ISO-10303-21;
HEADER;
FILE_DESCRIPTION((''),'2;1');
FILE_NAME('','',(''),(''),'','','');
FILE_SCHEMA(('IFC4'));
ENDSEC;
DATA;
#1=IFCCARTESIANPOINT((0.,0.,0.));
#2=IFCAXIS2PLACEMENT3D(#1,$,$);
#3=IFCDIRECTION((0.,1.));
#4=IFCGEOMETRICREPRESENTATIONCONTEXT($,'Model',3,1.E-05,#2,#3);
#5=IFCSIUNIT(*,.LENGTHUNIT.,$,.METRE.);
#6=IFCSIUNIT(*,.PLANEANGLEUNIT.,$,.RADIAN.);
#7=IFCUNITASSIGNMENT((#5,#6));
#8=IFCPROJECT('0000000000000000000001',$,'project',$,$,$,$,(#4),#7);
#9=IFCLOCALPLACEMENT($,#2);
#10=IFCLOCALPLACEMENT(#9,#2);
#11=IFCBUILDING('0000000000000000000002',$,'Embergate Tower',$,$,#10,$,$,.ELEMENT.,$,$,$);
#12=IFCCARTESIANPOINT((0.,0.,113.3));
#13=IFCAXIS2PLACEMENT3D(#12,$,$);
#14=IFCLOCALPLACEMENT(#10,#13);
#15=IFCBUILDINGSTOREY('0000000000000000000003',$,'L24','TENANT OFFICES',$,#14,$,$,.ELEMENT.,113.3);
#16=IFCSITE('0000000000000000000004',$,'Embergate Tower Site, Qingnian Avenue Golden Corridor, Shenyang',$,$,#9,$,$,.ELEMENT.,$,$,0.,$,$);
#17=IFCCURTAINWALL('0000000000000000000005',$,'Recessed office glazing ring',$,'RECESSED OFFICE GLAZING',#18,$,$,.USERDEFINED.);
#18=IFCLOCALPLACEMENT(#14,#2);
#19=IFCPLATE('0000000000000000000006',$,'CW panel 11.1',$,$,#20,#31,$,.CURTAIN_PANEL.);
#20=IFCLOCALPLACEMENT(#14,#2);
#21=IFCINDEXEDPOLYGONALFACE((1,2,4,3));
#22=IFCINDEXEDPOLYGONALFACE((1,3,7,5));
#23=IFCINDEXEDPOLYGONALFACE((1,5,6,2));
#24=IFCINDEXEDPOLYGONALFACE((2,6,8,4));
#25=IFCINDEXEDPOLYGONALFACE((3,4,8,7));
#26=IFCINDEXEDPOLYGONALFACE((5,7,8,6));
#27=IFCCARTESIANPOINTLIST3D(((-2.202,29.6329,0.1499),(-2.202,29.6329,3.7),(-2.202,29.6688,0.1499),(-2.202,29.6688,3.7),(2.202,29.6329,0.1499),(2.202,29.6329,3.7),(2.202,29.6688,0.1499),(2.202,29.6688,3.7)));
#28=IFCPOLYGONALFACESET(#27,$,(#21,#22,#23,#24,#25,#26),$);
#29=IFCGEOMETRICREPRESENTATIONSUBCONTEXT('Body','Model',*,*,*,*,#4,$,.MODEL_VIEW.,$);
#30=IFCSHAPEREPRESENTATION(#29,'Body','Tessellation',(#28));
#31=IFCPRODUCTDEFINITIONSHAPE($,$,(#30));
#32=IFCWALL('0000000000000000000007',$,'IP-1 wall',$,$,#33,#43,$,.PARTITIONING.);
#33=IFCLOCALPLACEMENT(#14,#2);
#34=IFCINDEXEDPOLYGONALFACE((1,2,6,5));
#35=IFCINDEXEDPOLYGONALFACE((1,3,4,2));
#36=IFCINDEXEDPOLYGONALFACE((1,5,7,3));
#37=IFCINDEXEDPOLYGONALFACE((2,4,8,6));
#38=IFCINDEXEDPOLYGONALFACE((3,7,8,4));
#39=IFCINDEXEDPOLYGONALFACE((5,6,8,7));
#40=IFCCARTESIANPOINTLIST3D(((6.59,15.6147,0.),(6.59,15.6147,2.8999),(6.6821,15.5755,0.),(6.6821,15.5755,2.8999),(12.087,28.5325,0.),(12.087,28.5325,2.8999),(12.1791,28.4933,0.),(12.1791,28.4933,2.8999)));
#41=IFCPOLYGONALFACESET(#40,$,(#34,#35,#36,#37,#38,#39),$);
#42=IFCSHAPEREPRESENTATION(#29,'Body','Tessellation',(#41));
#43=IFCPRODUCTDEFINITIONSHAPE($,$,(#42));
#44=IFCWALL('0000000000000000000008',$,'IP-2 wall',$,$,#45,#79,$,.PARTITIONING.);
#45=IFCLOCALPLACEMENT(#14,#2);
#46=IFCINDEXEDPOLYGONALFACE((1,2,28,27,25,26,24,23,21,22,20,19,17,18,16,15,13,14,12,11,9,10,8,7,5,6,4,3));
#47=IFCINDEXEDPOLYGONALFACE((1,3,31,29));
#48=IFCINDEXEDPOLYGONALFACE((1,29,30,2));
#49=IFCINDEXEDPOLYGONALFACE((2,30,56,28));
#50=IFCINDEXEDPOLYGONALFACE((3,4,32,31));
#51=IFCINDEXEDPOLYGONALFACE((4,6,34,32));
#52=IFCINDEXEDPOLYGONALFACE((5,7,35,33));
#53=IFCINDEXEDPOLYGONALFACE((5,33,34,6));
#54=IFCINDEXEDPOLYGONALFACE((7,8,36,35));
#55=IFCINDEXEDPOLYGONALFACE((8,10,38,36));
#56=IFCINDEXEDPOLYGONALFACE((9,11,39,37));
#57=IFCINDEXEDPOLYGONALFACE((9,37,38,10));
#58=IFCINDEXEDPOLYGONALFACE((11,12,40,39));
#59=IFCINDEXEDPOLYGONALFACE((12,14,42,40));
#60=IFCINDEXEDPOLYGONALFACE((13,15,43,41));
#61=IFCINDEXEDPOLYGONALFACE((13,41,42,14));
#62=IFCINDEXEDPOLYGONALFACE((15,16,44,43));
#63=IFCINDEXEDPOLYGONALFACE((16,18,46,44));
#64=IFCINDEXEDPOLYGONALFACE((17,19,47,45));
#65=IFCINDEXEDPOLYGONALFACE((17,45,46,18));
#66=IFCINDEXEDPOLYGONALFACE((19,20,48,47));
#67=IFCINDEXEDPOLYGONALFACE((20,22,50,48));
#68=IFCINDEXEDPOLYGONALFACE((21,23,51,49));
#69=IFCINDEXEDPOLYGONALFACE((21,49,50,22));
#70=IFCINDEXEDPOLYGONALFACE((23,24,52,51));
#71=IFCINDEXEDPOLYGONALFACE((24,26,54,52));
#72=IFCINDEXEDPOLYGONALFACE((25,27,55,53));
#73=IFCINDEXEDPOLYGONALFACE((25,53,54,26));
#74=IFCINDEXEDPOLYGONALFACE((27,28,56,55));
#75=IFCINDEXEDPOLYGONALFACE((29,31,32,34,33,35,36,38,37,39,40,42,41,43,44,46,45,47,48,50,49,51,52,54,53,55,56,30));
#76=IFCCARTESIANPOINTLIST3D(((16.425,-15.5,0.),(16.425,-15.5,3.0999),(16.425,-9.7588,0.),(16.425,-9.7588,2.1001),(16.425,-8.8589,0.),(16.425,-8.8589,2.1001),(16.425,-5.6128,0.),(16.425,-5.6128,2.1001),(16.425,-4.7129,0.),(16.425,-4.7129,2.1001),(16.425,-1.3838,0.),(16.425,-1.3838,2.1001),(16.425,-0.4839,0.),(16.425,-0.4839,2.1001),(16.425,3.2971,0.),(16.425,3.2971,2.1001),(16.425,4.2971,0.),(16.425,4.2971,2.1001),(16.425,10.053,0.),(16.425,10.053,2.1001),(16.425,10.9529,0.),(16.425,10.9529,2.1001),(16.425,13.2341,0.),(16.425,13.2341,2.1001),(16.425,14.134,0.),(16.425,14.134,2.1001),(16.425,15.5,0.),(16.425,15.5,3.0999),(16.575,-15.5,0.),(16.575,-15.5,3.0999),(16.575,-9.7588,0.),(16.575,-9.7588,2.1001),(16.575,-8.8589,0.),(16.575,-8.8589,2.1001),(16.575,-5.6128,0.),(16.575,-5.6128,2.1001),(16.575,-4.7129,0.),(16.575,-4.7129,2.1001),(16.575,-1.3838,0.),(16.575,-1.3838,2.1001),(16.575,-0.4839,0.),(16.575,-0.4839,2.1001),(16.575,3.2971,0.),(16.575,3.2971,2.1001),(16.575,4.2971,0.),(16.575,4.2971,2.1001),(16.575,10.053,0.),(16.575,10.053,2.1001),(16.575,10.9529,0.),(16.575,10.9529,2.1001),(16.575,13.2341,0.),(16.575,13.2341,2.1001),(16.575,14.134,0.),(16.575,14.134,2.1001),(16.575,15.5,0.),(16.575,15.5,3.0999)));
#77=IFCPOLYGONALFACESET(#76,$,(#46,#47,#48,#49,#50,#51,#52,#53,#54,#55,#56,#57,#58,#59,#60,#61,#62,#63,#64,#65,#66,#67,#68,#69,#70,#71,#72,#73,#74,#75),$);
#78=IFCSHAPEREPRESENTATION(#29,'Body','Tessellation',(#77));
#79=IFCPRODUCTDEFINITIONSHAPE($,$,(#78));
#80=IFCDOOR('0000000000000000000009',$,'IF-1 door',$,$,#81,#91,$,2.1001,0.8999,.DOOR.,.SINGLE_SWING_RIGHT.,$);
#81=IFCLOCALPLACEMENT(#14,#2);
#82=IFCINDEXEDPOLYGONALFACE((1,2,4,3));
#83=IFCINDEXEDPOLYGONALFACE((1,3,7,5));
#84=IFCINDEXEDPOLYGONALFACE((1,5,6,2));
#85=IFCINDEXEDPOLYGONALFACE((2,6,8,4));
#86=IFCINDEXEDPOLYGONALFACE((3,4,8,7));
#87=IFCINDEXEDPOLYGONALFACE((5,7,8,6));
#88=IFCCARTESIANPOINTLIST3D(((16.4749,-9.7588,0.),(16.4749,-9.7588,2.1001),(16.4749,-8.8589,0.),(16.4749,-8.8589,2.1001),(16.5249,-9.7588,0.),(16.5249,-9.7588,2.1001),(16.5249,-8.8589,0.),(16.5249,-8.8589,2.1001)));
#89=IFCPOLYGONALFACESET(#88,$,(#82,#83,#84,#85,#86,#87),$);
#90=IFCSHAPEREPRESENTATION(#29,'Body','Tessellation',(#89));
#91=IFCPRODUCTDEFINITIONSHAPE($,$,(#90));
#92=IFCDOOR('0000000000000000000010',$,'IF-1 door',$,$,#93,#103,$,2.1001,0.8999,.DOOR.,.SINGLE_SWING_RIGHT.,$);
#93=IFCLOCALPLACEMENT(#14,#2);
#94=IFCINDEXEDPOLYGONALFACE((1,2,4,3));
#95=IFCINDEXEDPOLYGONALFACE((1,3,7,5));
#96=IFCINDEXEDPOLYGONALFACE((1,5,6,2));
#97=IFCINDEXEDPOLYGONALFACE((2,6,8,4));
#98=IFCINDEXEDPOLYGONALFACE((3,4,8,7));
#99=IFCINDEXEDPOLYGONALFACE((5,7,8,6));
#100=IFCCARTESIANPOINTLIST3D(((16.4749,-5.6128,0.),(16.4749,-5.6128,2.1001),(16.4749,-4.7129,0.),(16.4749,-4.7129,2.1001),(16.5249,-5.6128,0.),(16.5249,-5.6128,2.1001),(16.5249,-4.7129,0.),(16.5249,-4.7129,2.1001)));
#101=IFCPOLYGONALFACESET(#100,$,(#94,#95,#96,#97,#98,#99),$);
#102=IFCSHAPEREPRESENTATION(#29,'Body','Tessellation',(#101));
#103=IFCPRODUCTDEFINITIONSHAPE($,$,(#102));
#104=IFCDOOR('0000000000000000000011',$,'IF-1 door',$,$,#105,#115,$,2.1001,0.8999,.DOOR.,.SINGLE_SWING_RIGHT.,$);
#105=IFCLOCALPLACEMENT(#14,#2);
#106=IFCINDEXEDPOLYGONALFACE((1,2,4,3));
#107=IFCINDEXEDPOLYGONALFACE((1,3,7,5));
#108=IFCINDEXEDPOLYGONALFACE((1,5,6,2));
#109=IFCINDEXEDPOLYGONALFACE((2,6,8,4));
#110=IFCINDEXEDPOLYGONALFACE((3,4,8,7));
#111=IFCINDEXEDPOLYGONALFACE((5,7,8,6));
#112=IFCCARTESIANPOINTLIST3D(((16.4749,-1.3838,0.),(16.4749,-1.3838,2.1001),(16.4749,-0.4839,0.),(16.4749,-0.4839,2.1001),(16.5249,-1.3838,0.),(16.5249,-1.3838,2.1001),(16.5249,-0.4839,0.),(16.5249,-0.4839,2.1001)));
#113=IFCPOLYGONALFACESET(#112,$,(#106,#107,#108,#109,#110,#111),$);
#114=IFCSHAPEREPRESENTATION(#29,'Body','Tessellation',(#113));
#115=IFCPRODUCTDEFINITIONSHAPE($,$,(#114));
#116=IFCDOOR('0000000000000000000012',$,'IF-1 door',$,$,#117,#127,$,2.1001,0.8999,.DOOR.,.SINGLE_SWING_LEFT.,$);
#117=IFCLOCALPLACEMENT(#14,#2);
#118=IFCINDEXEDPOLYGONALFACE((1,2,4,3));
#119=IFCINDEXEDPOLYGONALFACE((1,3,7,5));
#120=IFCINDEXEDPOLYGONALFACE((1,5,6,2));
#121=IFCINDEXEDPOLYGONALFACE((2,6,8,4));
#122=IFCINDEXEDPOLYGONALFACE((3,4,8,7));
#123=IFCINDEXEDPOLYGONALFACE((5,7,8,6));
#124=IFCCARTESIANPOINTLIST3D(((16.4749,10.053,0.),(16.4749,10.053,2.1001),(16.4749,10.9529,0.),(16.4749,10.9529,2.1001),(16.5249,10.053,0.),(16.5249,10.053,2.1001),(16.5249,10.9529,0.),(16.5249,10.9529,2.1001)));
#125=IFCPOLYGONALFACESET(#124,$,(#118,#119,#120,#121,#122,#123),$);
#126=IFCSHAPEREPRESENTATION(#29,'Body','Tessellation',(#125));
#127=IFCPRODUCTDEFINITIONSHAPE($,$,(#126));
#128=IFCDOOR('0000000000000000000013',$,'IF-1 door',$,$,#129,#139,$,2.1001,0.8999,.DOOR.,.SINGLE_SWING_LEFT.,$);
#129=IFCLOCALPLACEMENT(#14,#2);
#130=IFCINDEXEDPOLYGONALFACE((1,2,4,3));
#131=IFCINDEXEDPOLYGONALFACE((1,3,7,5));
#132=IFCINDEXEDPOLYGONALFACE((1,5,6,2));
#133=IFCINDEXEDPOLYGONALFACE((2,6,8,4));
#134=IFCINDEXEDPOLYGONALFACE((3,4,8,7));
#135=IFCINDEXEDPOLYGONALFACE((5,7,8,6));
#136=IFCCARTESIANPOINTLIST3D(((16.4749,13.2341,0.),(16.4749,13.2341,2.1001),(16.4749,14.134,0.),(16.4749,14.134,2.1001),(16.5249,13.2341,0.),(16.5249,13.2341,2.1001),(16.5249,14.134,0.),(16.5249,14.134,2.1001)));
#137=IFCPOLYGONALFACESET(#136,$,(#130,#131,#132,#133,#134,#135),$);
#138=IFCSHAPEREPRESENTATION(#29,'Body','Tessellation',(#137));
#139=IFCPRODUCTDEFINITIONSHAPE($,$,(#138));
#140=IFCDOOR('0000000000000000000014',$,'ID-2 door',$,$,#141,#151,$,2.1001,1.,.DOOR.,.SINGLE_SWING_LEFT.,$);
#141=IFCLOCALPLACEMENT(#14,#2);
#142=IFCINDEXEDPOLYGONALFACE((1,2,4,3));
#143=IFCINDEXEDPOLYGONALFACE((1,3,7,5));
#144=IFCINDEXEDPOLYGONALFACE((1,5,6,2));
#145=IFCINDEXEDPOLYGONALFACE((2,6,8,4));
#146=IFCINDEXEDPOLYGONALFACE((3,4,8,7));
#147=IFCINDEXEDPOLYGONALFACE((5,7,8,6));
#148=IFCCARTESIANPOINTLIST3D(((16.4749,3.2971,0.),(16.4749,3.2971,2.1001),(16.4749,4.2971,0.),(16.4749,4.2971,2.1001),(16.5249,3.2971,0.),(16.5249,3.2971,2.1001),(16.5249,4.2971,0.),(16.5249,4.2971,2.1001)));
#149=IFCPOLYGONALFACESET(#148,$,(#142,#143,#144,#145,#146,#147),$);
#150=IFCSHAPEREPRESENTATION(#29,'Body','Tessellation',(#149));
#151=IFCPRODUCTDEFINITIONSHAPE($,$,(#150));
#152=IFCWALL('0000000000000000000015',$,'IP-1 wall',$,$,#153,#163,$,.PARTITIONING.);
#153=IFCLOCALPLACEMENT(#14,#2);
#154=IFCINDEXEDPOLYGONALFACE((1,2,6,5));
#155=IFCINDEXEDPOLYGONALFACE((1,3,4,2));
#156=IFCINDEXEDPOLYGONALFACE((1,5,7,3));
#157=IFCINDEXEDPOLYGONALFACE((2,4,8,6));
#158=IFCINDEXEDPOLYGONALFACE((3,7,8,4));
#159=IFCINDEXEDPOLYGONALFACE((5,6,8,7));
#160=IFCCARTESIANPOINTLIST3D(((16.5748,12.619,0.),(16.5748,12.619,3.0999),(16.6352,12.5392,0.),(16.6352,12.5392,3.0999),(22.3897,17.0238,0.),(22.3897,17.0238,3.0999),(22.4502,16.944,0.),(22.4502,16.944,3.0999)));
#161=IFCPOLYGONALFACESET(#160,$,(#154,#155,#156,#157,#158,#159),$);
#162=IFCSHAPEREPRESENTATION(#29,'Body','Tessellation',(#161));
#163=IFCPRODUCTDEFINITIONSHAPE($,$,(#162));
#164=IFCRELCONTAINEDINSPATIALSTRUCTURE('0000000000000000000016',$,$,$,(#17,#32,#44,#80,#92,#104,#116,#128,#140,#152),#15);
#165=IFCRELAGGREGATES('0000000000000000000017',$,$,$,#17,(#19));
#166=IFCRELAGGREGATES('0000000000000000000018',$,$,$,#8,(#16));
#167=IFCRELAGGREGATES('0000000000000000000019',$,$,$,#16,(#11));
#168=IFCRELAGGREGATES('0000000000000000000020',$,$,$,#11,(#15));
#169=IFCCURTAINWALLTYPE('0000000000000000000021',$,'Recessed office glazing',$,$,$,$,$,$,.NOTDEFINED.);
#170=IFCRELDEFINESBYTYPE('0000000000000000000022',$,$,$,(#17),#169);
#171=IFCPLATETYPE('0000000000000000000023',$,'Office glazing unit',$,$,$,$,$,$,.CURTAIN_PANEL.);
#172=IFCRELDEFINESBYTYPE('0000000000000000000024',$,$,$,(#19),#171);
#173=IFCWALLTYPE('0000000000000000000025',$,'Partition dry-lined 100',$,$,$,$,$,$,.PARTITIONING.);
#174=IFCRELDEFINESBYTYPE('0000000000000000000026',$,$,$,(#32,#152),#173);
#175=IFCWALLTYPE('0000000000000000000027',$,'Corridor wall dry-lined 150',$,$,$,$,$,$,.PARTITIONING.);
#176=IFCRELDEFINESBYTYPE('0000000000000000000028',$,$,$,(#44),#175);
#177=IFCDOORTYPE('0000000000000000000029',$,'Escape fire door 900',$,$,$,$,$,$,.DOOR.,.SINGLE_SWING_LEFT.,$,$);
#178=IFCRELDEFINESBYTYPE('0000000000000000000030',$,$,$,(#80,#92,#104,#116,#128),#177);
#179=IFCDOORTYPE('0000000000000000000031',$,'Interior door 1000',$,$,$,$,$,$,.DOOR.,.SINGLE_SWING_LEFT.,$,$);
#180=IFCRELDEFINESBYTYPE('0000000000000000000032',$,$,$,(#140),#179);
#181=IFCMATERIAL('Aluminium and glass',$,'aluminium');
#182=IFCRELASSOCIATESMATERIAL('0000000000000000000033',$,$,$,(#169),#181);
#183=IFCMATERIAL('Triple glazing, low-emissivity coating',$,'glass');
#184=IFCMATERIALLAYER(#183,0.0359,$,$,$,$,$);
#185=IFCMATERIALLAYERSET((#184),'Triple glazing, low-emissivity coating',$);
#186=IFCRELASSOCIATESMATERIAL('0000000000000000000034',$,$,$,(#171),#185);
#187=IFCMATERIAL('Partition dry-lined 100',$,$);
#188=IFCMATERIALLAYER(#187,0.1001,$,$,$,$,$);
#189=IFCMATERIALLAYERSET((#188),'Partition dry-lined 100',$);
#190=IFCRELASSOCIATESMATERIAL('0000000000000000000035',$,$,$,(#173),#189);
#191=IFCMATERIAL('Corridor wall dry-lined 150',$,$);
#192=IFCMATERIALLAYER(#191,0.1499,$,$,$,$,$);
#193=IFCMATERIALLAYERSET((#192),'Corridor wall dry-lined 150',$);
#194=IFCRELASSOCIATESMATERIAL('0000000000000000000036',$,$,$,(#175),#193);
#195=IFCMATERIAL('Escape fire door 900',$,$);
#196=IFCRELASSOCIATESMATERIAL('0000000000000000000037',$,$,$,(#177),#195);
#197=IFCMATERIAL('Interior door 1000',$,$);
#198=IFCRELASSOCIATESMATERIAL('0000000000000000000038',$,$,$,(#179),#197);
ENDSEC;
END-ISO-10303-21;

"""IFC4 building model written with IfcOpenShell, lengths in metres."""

from ifc_helpers import new_model, si_unit, direction, frame, frame_2d, origin, origin_2d, place, context, subcontext, project, spatial, rectangle, extrude, source, transform, mapped, material, layer, layer_set, type_object, element, fill, aggregate, save


model = new_model("IFC4")

# Units and contexts
model_context = context("Model", 3, precision=1e-05, world=origin(), true_north=direction((0.0, 1.0)))
body_context = subcontext(model_context, "Body", "Model", "MODEL_VIEW")
ifc_project = project(units=[si_unit("LENGTHUNIT", "METRE"), si_unit("PLANEANGLEUNIT", "RADIAN")], contexts=[model_context])

# Site, building, storey
site_placement = place(None, origin())
site = spatial("IfcSite", under=ifc_project, at=site_placement, Name="Embergate Tower Site, Qingnian Avenue Golden Corridor, Shenyang", CompositionType="ELEMENT", RefElevation=0.0)
building_placement = place(site_placement, origin())
building = spatial("IfcBuilding", under=site, at=building_placement, Name="Embergate Tower", CompositionType="ELEMENT")
storey_placement = place(building_placement, frame((0.0, 0.0, 113.3)))
storey = spatial("IfcBuildingStorey", under=building, at=storey_placement, Name="L24", Description="TENANT OFFICES", CompositionType="ELEMENT", Elevation=113.3)

# Curtain wall, plate
ifc_material_1 = material(Name="Aluminium and glass", Category="aluminium")
curtain_wall_type = type_object("IfcCurtainWallType", Name="Recessed office glazing", PredefinedType="NOTDEFINED", material=ifc_material_1)
curtain_wall_placement = place(storey_placement, origin())
curtain_wall = element("IfcCurtainWall", 1, at=curtain_wall_placement, inside=storey, type_object=curtain_wall_type, Name="Recessed office glazing ring", ObjectType="RECESSED OFFICE GLAZING", PredefinedType="USERDEFINED")
ifc_material_2 = material(Name="Triple glazing, low-emissivity coating", Category="glass")
ifc_layer_1 = layer(ifc_material_2, 0.0359)
ifc_layer_set_1 = layer_set([ifc_layer_1], Name="Triple glazing, low-emissivity coating")
plate_type = type_object("IfcPlateType", Name="Office glazing unit", PredefinedType="CURTAIN_PANEL", material=ifc_layer_set_1)
shared_shape_1 = source(origin(), body_context, "Body", "SweptSolid", [
    extrude(rectangle(XDim=4.4041, YDim=0.0359, at=origin_2d()), origin(), (0.0, 0.0, 1.0), 3.55),
])
plate_1_placement = place(storey_placement, frame((0.0, 29.6509, 0.1499), z_axis=(0.0, 0.0, 1.0), x_axis=(-1.0, 0.0, 0.0)))
plate_1 = element("IfcPlate", 2, at=plate_1_placement, type_object=plate_type, Name="CW panel 11.1", PredefinedType="CURTAIN_PANEL", context=body_context, shape_type="MappedRepresentation", body=[
    mapped(shared_shape_1, transform((0.0, 0.0, 0.0))),
])
aggregate(curtain_wall, [plate_1])

# Wall
ifc_material_3 = material(Name="Partition dry-lined 100")
ifc_layer_2 = layer(ifc_material_3, 0.1001)
ifc_layer_set_2 = layer_set([ifc_layer_2], Name="Partition dry-lined 100")
wall_type_1 = type_object("IfcWallType", Name="Partition dry-lined 100", PredefinedType="PARTITIONING", material=ifc_layer_set_2)
shared_shape_2 = source(origin(), body_context, "Body", "SweptSolid", [
    extrude(rectangle(XDim=14.0388, YDim=0.1001, at=frame_2d((7.0195, 0.0))), origin(), (0.0, 0.0, 1.0), 2.8999),
])
wall_1_placement = place(storey_placement, frame((6.636, 15.595, 0.0), z_axis=(0.0, 0.0, 1.0), x_axis=(0.391559, 0.920153, 0.0)))
element("IfcWall", 3, at=wall_1_placement, inside=storey, type_object=wall_type_1, Name="IP-1 wall", PredefinedType="PARTITIONING", context=body_context, shape_type="MappedRepresentation", body=[
    mapped(shared_shape_2, transform((0.0, 0.0, 0.0))),
])

# Wall, openings, doors
ifc_material_4 = material(Name="Corridor wall dry-lined 150")
ifc_layer_3 = layer(ifc_material_4, 0.1499)
ifc_layer_set_3 = layer_set([ifc_layer_3], Name="Corridor wall dry-lined 150")
wall_type_2 = type_object("IfcWallType", Name="Corridor wall dry-lined 150", PredefinedType="PARTITIONING", material=ifc_layer_set_3)
shared_shape_3 = source(origin(), body_context, "Body", "SweptSolid", [
    extrude(rectangle(XDim=31.0, YDim=0.1499, at=frame_2d((15.5, 0.0))), origin(), (0.0, 0.0, 1.0), 3.0999),
])
wall_2_placement = place(storey_placement, frame((16.5, 15.5, 0.0), z_axis=(0.0, 0.0, 1.0), x_axis=(0.0, -1.0, 0.0)))
wall_2 = element("IfcWall", 4, at=wall_2_placement, inside=storey, type_object=wall_type_2, Name="IP-2 wall", PredefinedType="PARTITIONING", context=body_context, shape_type="MappedRepresentation", body=[
    mapped(shared_shape_3, transform((0.0, 0.0, 0.0))),
])
shared_shape_4 = source(origin(), body_context, "Body", "SweptSolid", [
    extrude(rectangle(XDim=0.8999, YDim=2.1001, at=frame_2d((0.45, 1.05))), frame((0.0, 0.085, 0.0), z_axis=(0.0, -1.0, 0.0), x_axis=(1.0, 0.0, 0.0)), (0.0, 0.0, 1.0), 0.1699),
])
opening_1_placement = place(wall_2_placement, frame((24.3589, 0.0, 0.0)))
opening_1 = element("IfcOpeningElement", 5, at=opening_1_placement, cuts=wall_2, PredefinedType="OPENING", context=body_context, shape_type="MappedRepresentation", body=[
    mapped(shared_shape_4, transform((0.0, 0.0, 0.0))),
])
opening_2_placement = place(wall_2_placement, frame((20.2129, 0.0, 0.0)))
opening_2 = element("IfcOpeningElement", 6, at=opening_2_placement, cuts=wall_2, PredefinedType="OPENING", context=body_context, shape_type="MappedRepresentation", body=[
    mapped(shared_shape_4, transform((0.0, 0.0, 0.0))),
])
opening_3_placement = place(wall_2_placement, frame((15.9839, 0.0, 0.0)))
opening_3 = element("IfcOpeningElement", 7, at=opening_3_placement, cuts=wall_2, PredefinedType="OPENING", context=body_context, shape_type="MappedRepresentation", body=[
    mapped(shared_shape_4, transform((0.0, 0.0, 0.0))),
])
shared_shape_5 = source(origin(), body_context, "Body", "SweptSolid", [
    extrude(rectangle(XDim=1.0, YDim=2.1001, at=frame_2d((0.5, 1.05))), frame((0.0, 0.085, 0.0), z_axis=(0.0, -1.0, 0.0), x_axis=(1.0, 0.0, 0.0)), (0.0, 0.0, 1.0), 0.1699),
])
opening_4_placement = place(wall_2_placement, frame((11.2029, 0.0, 0.0)))
opening_4 = element("IfcOpeningElement", 8, at=opening_4_placement, cuts=wall_2, PredefinedType="OPENING", context=body_context, shape_type="MappedRepresentation", body=[
    mapped(shared_shape_5, transform((0.0, 0.0, 0.0))),
])
opening_5_placement = place(wall_2_placement, frame((4.5471, 0.0, 0.0)))
opening_5 = element("IfcOpeningElement", 9, at=opening_5_placement, cuts=wall_2, PredefinedType="OPENING", context=body_context, shape_type="MappedRepresentation", body=[
    mapped(shared_shape_4, transform((0.0, 0.0, 0.0))),
])
opening_6_placement = place(wall_2_placement, frame((1.366, 0.0, 0.0)))
opening_6 = element("IfcOpeningElement", 10, at=opening_6_placement, cuts=wall_2, PredefinedType="OPENING", context=body_context, shape_type="MappedRepresentation", body=[
    mapped(shared_shape_4, transform((0.0, 0.0, 0.0))),
])
ifc_material_5 = material(Name="Escape fire door 900")
door_type_1 = type_object("IfcDoorType", Name="Escape fire door 900", OperationType="SINGLE_SWING_LEFT", PredefinedType="DOOR", material=ifc_material_5)
shared_shape_6 = source(origin(), body_context, "Body", "SweptSolid", [
    extrude(rectangle(XDim=0.8999, YDim=2.1001, at=frame_2d((0.45, 1.05))), frame((0.0, 0.0249, 0.0), z_axis=(0.0, -1.0, 0.0), x_axis=(1.0, 0.0, 0.0)), (0.0, 0.0, 1.0), 0.05),
])
door_1_placement = place(opening_1_placement, origin())
door_1 = element("IfcDoor", 11, at=door_1_placement, inside=storey, type_object=door_type_1, Name="IF-1 door", OperationType="SINGLE_SWING_RIGHT", OverallHeight=2.1001, OverallWidth=0.8999, PredefinedType="DOOR", context=body_context, shape_type="MappedRepresentation", body=[
    mapped(shared_shape_6, transform((0.0, 0.0, 0.0))),
])
fill(opening_1, door_1)
door_2_placement = place(opening_2_placement, origin())
door_2 = element("IfcDoor", 12, at=door_2_placement, inside=storey, type_object=door_type_1, Name="IF-1 door", OperationType="SINGLE_SWING_RIGHT", OverallHeight=2.1001, OverallWidth=0.8999, PredefinedType="DOOR", context=body_context, shape_type="MappedRepresentation", body=[
    mapped(shared_shape_6, transform((0.0, 0.0, 0.0))),
])
fill(opening_2, door_2)
door_3_placement = place(opening_3_placement, origin())
door_3 = element("IfcDoor", 13, at=door_3_placement, inside=storey, type_object=door_type_1, Name="IF-1 door", OperationType="SINGLE_SWING_RIGHT", OverallHeight=2.1001, OverallWidth=0.8999, PredefinedType="DOOR", context=body_context, shape_type="MappedRepresentation", body=[
    mapped(shared_shape_6, transform((0.0, 0.0, 0.0))),
])
fill(opening_3, door_3)
door_4_placement = place(opening_5_placement, origin())
door_4 = element("IfcDoor", 14, at=door_4_placement, inside=storey, type_object=door_type_1, Name="IF-1 door", OperationType="SINGLE_SWING_LEFT", OverallHeight=2.1001, OverallWidth=0.8999, PredefinedType="DOOR", context=body_context, shape_type="MappedRepresentation", body=[
    mapped(shared_shape_6, transform((0.0, 0.0, 0.0))),
])
fill(opening_5, door_4)
door_5_placement = place(opening_6_placement, origin())
door_5 = element("IfcDoor", 15, at=door_5_placement, inside=storey, type_object=door_type_1, Name="IF-1 door", OperationType="SINGLE_SWING_LEFT", OverallHeight=2.1001, OverallWidth=0.8999, PredefinedType="DOOR", context=body_context, shape_type="MappedRepresentation", body=[
    mapped(shared_shape_6, transform((0.0, 0.0, 0.0))),
])
fill(opening_6, door_5)
ifc_material_6 = material(Name="Interior door 1000")
door_type_2 = type_object("IfcDoorType", Name="Interior door 1000", OperationType="SINGLE_SWING_LEFT", PredefinedType="DOOR", material=ifc_material_6)
shared_shape_7 = source(origin(), body_context, "Body", "SweptSolid", [
    extrude(rectangle(XDim=1.0, YDim=2.1001, at=frame_2d((0.5, 1.05))), frame((0.0, 0.0249, 0.0), z_axis=(0.0, -1.0, 0.0), x_axis=(1.0, 0.0, 0.0)), (0.0, 0.0, 1.0), 0.05),
])
door_6_placement = place(opening_4_placement, origin())
door_6 = element("IfcDoor", 16, at=door_6_placement, inside=storey, type_object=door_type_2, Name="ID-2 door", OperationType="SINGLE_SWING_LEFT", OverallHeight=2.1001, OverallWidth=1.0, PredefinedType="DOOR", context=body_context, shape_type="MappedRepresentation", body=[
    mapped(shared_shape_7, transform((0.0, 0.0, 0.0))),
])
fill(opening_4, door_6)

# Wall
shared_shape_8 = source(origin(), body_context, "Body", "SweptSolid", [
    extrude(rectangle(XDim=7.2949, YDim=0.1001, at=frame_2d((3.6475, 0.0))), origin(), (0.0, 0.0, 1.0), 3.0999),
])
wall_3_placement = place(storey_placement, frame((16.605, 12.5791, 0.0), z_axis=(0.0, 0.0, 1.0), x_axis=(0.797123, 0.603816, 0.0)))
element("IfcWall", 17, at=wall_3_placement, inside=storey, type_object=wall_type_1, Name="IP-1 wall", PredefinedType="PARTITIONING", context=body_context, shape_type="MappedRepresentation", body=[
    mapped(shared_shape_8, transform((0.0, 0.0, 0.0))),
])

save(model, "model.ifc")
